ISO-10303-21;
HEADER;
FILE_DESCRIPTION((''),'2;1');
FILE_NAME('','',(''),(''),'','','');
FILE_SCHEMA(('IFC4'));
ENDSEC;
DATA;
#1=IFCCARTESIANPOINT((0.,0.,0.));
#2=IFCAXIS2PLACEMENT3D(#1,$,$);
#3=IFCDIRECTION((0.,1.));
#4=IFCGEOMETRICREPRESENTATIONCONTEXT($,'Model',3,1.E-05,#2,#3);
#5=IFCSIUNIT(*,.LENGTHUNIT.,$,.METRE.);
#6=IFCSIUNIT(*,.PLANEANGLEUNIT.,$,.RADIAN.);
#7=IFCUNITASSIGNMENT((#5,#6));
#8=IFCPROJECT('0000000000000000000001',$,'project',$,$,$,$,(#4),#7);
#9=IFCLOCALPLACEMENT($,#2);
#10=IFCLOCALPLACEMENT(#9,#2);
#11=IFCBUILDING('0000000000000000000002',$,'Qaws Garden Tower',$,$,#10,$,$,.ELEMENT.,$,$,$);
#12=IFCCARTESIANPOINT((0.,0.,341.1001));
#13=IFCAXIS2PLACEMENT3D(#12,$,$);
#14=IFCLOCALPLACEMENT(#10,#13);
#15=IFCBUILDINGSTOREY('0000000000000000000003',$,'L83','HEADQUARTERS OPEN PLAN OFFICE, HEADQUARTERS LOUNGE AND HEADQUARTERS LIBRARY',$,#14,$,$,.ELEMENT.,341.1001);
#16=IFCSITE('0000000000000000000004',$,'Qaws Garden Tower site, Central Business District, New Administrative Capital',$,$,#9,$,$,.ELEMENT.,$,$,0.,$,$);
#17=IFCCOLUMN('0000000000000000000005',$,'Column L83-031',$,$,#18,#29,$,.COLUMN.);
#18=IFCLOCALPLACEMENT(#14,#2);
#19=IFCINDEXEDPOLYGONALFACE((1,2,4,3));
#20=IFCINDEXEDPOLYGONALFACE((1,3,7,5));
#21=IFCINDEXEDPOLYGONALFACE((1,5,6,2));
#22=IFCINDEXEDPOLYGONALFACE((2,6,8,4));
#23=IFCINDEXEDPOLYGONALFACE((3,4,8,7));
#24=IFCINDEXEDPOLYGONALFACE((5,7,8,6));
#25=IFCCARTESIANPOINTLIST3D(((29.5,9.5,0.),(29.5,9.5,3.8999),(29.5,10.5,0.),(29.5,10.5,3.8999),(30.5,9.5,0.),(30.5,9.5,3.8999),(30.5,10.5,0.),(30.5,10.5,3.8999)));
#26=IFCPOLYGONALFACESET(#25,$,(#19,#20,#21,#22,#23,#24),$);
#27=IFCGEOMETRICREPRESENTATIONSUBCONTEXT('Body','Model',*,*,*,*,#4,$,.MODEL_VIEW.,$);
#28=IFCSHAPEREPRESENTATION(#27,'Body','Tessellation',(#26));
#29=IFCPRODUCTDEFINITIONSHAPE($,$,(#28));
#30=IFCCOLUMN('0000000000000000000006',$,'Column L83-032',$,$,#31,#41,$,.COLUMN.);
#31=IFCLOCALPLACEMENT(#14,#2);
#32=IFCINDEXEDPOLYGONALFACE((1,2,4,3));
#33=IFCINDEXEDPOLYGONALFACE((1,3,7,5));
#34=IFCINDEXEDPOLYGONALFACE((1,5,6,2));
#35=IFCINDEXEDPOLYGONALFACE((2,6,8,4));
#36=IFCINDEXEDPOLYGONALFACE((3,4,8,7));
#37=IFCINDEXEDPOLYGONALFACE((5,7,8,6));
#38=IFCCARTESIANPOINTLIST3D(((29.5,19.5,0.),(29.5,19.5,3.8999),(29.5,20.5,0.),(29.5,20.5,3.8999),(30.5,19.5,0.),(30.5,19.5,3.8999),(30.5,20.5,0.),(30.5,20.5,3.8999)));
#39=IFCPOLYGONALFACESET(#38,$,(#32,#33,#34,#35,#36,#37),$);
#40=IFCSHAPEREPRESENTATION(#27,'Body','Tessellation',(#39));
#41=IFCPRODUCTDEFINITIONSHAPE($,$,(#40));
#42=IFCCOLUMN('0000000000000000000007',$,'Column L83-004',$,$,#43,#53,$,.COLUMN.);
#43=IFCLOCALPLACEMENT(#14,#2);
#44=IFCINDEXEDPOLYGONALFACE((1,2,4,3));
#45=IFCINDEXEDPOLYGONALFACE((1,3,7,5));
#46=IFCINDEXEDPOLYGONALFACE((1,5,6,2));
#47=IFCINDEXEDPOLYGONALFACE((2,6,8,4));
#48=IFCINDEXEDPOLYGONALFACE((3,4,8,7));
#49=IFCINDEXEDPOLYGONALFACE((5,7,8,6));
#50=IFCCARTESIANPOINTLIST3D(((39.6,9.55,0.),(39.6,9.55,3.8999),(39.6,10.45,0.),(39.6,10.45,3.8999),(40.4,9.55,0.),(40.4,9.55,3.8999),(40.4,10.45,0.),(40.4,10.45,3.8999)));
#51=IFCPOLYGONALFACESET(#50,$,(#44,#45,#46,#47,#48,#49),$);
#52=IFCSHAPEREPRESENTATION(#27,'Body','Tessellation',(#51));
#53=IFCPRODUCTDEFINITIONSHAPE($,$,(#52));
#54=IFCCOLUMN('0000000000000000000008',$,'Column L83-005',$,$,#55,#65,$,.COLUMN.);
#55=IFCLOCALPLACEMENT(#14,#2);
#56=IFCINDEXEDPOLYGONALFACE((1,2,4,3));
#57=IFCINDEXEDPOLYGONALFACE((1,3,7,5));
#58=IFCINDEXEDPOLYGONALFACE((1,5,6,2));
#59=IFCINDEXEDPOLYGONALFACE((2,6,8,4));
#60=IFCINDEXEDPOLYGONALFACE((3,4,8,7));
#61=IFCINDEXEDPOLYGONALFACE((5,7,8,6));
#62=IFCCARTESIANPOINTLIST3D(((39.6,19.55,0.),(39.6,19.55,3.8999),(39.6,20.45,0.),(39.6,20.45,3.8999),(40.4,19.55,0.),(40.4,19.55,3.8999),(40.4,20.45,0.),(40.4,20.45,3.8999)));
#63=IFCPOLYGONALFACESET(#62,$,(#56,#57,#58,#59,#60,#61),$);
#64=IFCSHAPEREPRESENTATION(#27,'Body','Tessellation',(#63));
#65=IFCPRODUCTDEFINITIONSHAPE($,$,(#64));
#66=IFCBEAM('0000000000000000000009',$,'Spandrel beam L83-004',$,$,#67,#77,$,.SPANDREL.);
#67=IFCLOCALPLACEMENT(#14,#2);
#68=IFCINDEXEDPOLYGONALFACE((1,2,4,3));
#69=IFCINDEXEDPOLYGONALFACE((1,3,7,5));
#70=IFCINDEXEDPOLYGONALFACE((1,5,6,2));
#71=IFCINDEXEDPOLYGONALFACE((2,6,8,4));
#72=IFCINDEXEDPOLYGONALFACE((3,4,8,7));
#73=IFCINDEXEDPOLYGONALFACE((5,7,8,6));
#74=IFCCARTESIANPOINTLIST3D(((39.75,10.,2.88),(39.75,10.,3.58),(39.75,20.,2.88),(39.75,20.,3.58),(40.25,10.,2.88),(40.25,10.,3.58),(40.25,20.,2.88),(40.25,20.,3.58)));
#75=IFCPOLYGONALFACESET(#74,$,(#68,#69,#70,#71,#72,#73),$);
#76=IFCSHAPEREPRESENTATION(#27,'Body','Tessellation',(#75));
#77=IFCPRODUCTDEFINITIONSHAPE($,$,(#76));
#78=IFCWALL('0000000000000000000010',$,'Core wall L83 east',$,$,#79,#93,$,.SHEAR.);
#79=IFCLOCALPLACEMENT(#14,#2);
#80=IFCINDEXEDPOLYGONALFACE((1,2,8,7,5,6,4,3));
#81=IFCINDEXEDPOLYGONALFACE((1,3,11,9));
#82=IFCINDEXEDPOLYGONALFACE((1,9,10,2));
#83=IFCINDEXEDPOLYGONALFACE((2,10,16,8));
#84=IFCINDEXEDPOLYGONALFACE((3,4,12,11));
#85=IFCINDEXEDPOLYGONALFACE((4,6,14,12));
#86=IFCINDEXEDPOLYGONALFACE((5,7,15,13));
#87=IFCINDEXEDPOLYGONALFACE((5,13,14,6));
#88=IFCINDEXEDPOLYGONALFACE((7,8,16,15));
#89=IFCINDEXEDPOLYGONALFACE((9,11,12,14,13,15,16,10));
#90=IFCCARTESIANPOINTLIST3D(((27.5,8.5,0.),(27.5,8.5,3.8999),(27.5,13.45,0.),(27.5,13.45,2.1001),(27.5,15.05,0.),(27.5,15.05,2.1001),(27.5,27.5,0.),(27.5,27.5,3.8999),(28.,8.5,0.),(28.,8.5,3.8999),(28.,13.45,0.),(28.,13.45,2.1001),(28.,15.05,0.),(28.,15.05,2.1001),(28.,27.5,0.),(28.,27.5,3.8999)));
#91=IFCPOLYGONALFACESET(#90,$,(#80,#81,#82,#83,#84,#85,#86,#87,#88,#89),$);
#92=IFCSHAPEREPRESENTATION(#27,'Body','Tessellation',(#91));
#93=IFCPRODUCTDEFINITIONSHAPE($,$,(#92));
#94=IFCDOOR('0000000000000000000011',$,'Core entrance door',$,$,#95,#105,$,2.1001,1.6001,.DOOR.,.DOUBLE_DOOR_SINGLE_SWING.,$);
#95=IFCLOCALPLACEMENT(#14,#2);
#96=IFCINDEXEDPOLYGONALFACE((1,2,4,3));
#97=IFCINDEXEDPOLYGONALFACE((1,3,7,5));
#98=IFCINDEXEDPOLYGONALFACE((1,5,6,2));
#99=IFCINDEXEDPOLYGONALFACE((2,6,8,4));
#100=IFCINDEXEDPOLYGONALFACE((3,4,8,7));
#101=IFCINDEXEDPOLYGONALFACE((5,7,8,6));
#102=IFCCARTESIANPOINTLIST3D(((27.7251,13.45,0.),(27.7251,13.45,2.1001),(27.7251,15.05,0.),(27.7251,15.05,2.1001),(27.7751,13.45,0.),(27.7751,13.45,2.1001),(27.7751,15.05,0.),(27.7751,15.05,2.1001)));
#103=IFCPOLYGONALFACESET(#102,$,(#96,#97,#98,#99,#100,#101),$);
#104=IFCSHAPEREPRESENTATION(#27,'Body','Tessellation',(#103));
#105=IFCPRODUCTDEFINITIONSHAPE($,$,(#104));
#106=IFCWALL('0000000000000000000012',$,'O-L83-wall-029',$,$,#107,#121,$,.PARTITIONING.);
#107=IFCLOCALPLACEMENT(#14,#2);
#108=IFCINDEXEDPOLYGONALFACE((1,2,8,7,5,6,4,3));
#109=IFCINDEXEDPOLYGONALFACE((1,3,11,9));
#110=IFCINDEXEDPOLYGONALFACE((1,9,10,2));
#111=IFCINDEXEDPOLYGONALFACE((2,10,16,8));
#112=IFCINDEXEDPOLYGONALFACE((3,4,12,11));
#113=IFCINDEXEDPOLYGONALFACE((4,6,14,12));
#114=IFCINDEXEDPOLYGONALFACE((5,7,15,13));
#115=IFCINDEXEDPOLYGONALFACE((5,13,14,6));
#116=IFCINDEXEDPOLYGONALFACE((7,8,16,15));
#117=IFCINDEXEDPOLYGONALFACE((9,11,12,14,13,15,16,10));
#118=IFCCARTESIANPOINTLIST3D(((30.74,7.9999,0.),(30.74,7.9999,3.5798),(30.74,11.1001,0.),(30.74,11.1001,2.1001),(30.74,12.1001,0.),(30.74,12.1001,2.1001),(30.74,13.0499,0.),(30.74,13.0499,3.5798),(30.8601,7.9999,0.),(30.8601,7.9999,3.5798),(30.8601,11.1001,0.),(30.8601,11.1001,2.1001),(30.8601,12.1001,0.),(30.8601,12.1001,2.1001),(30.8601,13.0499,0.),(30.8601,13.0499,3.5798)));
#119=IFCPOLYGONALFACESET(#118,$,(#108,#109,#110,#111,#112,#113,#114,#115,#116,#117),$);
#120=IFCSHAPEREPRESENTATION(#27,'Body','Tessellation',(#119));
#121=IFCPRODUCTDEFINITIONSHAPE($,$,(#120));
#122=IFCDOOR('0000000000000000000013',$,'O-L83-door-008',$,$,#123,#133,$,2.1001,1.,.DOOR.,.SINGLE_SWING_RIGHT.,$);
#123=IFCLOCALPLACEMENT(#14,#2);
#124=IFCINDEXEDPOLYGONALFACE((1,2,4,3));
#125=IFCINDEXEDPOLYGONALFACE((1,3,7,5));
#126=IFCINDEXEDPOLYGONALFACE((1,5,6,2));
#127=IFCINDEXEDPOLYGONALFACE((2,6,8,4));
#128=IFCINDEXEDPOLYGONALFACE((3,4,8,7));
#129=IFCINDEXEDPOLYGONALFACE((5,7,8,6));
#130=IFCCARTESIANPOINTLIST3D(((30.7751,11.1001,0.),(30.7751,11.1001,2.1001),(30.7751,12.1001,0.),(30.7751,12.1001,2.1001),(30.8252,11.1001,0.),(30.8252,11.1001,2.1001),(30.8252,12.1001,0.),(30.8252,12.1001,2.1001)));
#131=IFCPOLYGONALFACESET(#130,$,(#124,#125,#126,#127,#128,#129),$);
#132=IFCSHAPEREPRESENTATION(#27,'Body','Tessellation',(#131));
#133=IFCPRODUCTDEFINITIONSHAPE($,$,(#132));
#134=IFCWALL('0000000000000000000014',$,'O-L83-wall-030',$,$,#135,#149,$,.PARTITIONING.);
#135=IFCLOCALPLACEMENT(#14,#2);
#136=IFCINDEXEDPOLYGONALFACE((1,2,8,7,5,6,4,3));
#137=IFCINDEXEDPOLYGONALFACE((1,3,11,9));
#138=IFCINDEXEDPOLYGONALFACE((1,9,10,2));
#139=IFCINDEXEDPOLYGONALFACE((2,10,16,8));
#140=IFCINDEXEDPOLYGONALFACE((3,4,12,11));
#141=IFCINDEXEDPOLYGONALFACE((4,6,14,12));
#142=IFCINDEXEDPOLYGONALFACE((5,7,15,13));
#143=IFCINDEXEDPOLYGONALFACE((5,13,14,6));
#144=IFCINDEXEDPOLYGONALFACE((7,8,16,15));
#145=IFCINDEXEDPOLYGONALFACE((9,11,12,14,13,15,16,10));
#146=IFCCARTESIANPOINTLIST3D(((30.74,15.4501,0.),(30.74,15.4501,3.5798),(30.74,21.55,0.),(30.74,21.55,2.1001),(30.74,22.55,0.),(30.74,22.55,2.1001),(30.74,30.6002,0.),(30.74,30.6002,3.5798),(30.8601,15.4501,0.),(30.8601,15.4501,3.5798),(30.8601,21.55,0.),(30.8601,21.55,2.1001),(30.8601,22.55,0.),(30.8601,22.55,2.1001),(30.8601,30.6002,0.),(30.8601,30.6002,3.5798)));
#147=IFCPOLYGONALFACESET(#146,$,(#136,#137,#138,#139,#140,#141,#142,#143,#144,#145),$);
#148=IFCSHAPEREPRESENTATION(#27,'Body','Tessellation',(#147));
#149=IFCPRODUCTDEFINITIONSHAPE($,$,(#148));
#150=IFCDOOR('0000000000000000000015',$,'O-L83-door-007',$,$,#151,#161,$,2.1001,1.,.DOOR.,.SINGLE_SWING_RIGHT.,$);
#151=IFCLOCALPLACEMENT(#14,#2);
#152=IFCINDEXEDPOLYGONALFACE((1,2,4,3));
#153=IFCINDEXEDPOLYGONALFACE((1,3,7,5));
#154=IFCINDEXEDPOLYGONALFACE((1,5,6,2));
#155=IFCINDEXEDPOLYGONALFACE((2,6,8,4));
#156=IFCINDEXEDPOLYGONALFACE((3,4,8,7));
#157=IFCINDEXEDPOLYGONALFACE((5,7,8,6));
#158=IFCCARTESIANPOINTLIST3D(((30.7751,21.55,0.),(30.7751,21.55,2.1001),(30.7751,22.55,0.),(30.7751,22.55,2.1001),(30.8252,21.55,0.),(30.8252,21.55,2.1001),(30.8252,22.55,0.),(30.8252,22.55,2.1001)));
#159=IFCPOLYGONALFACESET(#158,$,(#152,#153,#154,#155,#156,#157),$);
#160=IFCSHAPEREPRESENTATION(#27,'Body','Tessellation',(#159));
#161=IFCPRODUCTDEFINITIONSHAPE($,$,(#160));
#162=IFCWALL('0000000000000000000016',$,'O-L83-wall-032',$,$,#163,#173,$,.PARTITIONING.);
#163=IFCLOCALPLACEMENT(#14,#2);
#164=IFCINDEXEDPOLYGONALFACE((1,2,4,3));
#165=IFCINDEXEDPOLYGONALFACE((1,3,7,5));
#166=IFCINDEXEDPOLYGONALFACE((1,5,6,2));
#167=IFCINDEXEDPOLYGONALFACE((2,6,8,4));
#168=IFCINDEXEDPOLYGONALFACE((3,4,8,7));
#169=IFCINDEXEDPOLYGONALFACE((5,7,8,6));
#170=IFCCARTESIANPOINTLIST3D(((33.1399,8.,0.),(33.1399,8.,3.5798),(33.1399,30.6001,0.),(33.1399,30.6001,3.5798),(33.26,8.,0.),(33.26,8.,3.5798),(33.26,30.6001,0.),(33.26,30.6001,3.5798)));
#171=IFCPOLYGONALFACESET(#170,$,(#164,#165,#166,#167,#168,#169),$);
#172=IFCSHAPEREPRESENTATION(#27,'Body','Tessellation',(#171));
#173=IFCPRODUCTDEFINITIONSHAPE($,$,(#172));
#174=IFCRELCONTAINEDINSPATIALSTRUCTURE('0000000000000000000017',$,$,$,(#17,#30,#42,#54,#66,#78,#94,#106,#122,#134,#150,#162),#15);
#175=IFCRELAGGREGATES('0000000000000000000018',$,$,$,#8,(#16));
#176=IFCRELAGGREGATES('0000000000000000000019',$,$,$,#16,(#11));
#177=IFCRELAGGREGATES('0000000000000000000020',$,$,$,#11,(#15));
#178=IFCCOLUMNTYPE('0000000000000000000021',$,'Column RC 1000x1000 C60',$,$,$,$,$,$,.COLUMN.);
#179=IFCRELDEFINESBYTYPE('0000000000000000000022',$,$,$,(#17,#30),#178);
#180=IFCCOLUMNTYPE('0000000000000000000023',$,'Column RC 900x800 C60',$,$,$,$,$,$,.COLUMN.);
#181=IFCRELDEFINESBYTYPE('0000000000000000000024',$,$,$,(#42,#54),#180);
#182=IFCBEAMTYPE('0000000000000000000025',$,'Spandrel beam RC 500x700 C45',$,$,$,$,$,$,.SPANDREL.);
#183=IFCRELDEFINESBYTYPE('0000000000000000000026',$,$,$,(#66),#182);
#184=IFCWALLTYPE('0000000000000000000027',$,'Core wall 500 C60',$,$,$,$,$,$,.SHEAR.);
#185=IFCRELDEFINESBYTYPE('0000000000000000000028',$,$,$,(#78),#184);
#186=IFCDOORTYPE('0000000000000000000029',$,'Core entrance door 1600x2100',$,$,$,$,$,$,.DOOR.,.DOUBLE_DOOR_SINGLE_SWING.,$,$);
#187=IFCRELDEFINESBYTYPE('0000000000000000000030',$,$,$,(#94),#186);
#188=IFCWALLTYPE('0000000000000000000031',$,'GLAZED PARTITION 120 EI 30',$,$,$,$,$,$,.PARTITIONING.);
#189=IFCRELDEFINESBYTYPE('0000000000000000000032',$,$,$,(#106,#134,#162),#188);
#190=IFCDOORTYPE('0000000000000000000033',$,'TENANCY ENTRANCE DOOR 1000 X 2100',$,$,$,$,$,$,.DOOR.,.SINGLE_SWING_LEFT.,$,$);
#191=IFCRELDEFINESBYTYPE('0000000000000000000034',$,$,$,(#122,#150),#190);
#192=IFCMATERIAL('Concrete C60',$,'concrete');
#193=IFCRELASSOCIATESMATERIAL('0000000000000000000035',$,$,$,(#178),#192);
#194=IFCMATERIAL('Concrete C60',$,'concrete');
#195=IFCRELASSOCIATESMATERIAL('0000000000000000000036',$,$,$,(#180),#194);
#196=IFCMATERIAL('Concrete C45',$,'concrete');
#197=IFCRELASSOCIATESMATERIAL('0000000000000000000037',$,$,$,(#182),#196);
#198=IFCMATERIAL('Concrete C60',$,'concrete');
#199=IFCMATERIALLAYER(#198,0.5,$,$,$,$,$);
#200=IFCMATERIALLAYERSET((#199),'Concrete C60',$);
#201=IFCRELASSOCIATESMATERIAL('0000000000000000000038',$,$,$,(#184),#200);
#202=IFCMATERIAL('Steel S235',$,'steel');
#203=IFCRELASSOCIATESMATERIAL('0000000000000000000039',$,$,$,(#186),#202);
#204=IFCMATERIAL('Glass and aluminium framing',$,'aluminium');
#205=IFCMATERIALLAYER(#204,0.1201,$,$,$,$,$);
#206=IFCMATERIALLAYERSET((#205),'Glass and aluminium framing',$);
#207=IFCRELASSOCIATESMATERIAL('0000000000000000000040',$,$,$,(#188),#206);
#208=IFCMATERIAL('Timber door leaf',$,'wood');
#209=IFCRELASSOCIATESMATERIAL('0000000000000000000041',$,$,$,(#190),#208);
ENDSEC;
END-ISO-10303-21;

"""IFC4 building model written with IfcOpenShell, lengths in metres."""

from ifc_helpers import new_model, si_unit, direction, frame, frame_2d, origin, origin_2d, place, context, subcontext, project, spatial, rectangle, extrude, material, layer, layer_set, material_profile, profile_set, type_object, element, fill, save


model = new_model("IFC4")

# Units and contexts
model_context = context("Model", 3, precision=1e-05, world=origin(), true_north=direction((0.0, 1.0)))
body_context = subcontext(model_context, "Body", "Model", "MODEL_VIEW")
ifc_project = project(units=[si_unit("LENGTHUNIT", "METRE"), si_unit("PLANEANGLEUNIT", "RADIAN")], contexts=[model_context])

# Site, building, storey
site_placement = place(None, origin())
site = spatial("IfcSite", under=ifc_project, at=site_placement, Name="Qaws Garden Tower site, Central Business District, New Administrative Capital", CompositionType="ELEMENT", RefElevation=0.0)
building_placement = place(site_placement, origin())
building = spatial("IfcBuilding", under=site, at=building_placement, Name="Qaws Garden Tower", CompositionType="ELEMENT")
storey_placement = place(building_placement, frame((0.0, 0.0, 341.1001)))
storey = spatial("IfcBuildingStorey", under=building, at=storey_placement, Name="L83", Description="HEADQUARTERS OPEN PLAN OFFICE, HEADQUARTERS LOUNGE AND HEADQUARTERS LIBRARY", CompositionType="ELEMENT", Elevation=341.1001)

# Columns
ifc_material_1 = material(Name="Concrete C60", Category="concrete")
ifc_material_profile_1 = material_profile(ifc_material_1, rectangle(XDim=1.0, YDim=1.0, at=origin_2d()), Name="RC 1000x1000")
ifc_profile_set_1 = profile_set([ifc_material_profile_1], Name="Concrete C60")
column_type_1 = type_object("IfcColumnType", Name="Column RC 1000x1000 C60", PredefinedType="COLUMN", material=ifc_profile_set_1)
for number, where, z_axis, x_axis, name in (
    (1, (30.0, 10.0, 0.0), (0.0, 0.0, 1.0), (1.0, 0.0, 0.0), "Column L83-031"),
    (2, (30.0, 20.0, 0.0), (0.0, 0.0, 1.0), (1.0, 0.0, 0.0), "Column L83-032"),
):
    element("IfcColumn", number, at=place(storey_placement, frame(where, z_axis=z_axis, x_axis=x_axis)), inside=storey, type_object=column_type_1, Name=name, PredefinedType="COLUMN", context=body_context, shape_type="SweptSolid", body=[
        extrude(rectangle(XDim=1.0, YDim=1.0, at=origin_2d()), origin(), (0.0, 0.0, 1.0), 3.8999),
    ])
ifc_material_2 = material(Name="Concrete C60", Category="concrete")
ifc_material_profile_2 = material_profile(ifc_material_2, rectangle(XDim=0.8999, YDim=0.8, at=origin_2d()), Name="RC 900x800")
ifc_profile_set_2 = profile_set([ifc_material_profile_2], Name="Concrete C60")
column_type_2 = type_object("IfcColumnType", Name="Column RC 900x800 C60", PredefinedType="COLUMN", material=ifc_profile_set_2)
for number, where, z_axis, x_axis, name in (
    (3, (40.0, 10.0, 0.0), (0.0, 0.0, 1.0), (0.0, 1.0, 0.0), "Column L83-004"),
    (4, (40.0, 20.0, 0.0), (0.0, 0.0, 1.0), (0.0, 1.0, 0.0), "Column L83-005"),
):
    element("IfcColumn", number, at=place(storey_placement, frame(where, z_axis=z_axis, x_axis=x_axis)), inside=storey, type_object=column_type_2, Name=name, PredefinedType="COLUMN", context=body_context, shape_type="SweptSolid", body=[
        extrude(rectangle(XDim=0.8999, YDim=0.8, at=origin_2d()), origin(), (0.0, 0.0, 1.0), 3.8999),
    ])

# Beam
ifc_material_3 = material(Name="Concrete C45", Category="concrete")
ifc_material_profile_3 = material_profile(ifc_material_3, rectangle(XDim=0.5, YDim=0.7, at=origin_2d()), Name="RC 500x700")
ifc_profile_set_3 = profile_set([ifc_material_profile_3], Name="Concrete C45")
beam_type = type_object("IfcBeamType", Name="Spandrel beam RC 500x700 C45", PredefinedType="SPANDREL", material=ifc_profile_set_3)
beam_placement = place(storey_placement, frame((40.0, 10.0, 3.23), z_axis=(0.0, 1.0, 0.0), x_axis=(-1.0, 0.0, 0.0)))
element("IfcBeam", 5, at=beam_placement, inside=storey, type_object=beam_type, Name="Spandrel beam L83-004", PredefinedType="SPANDREL", context=body_context, shape_type="SweptSolid", body=[
    extrude(rectangle(XDim=0.5, YDim=0.7, at=origin_2d()), origin(), (0.0, 0.0, 1.0), 10.0),
])

# Walls, openings, doors
ifc_material_4 = material(Name="Concrete C60", Category="concrete")
ifc_layer_1 = layer(ifc_material_4, 0.5)
ifc_layer_set_1 = layer_set([ifc_layer_1], Name="Concrete C60")
wall_type_1 = type_object("IfcWallType", Name="Core wall 500 C60", PredefinedType="SHEAR", material=ifc_layer_set_1)
wall_1_placement = place(storey_placement, frame((27.75, 8.5, 0.0), z_axis=(0.0, 0.0, 1.0), x_axis=(0.0, 1.0, 0.0)))
wall_1 = element("IfcWall", 6, at=wall_1_placement, inside=storey, type_object=wall_type_1, Name="Core wall L83 east", PredefinedType="SHEAR", context=body_context, shape_type="SweptSolid", body=[
    extrude(rectangle(XDim=19.0, YDim=0.5, at=frame_2d((9.5, 0.0))), origin(), (0.0, 0.0, 1.0), 3.8999),
])
opening_1_placement = place(wall_1_placement, frame((4.95, 0.0, 0.0)))
opening_1 = element("IfcOpeningElement", 7, at=opening_1_placement, cuts=wall_1, PredefinedType="OPENING", context=body_context, shape_type="SweptSolid", body=[
    extrude(rectangle(XDim=1.6001, YDim=2.1001, at=frame_2d((0.8, 1.05))), frame((0.0, 0.26, 0.0), z_axis=(0.0, -1.0, 0.0), x_axis=(1.0, 0.0, 0.0)), (0.0, 0.0, 1.0), 0.52),
])
ifc_material_5 = material(Name="Steel S235", Category="steel")
door_type_1 = type_object("IfcDoorType", Name="Core entrance door 1600x2100", OperationType="DOUBLE_DOOR_SINGLE_SWING", PredefinedType="DOOR", material=ifc_material_5)
door_1_placement = place(opening_1_placement, origin())
door_1 = element("IfcDoor", 8, at=door_1_placement, inside=storey, type_object=door_type_1, Name="Core entrance door", OperationType="DOUBLE_DOOR_SINGLE_SWING", OverallHeight=2.1001, OverallWidth=1.6001, PredefinedType="DOOR", context=body_context, shape_type="SweptSolid", body=[
    extrude(rectangle(XDim=1.6001, YDim=2.1001, at=frame_2d((0.8, 1.05))), frame((0.0, 0.0249, 0.0), z_axis=(0.0, -1.0, 0.0), x_axis=(1.0, 0.0, 0.0)), (0.0, 0.0, 1.0), 0.05),
])
fill(opening_1, door_1)
ifc_material_6 = material(Name="Glass and aluminium framing", Category="aluminium")
ifc_layer_2 = layer(ifc_material_6, 0.1201)
ifc_layer_set_2 = layer_set([ifc_layer_2], Name="Glass and aluminium framing")
wall_type_2 = type_object("IfcWallType", Name="GLAZED PARTITION 120 EI 30", PredefinedType="PARTITIONING", material=ifc_layer_set_2)
wall_2_placement = place(storey_placement, frame((30.8, 8.0, 0.0), z_axis=(0.0, 0.0, 1.0), x_axis=(0.0, 1.0, 0.0)))
wall_2 = element("IfcWall", 9, at=wall_2_placement, inside=storey, type_object=wall_type_2, Name="O-L83-wall-029", PredefinedType="PARTITIONING", context=body_context, shape_type="SweptSolid", body=[
    extrude(rectangle(XDim=5.05, YDim=0.1201, at=frame_2d((2.5249, 0.0))), origin(), (0.0, 0.0, 1.0), 3.5798),
])
opening_2_placement = place(wall_2_placement, frame((3.1001, 0.0, 0.0)))
opening_2 = element("IfcOpeningElement", 10, at=opening_2_placement, cuts=wall_2, PredefinedType="OPENING", context=body_context, shape_type="SweptSolid", body=[
    extrude(rectangle(XDim=1.0, YDim=2.1001, at=frame_2d((0.5, 1.05))), frame((0.0, 0.0701, 0.0), z_axis=(0.0, -1.0, 0.0), x_axis=(1.0, 0.0, 0.0)), (0.0, 0.0, 1.0), 0.1401),
])
ifc_material_7 = material(Name="Timber door leaf", Category="wood")
door_type_2 = type_object("IfcDoorType", Name="TENANCY ENTRANCE DOOR 1000 X 2100", OperationType="SINGLE_SWING_LEFT", PredefinedType="DOOR", material=ifc_material_7)
door_2_placement = place(opening_2_placement, origin())
door_2 = element("IfcDoor", 11, at=door_2_placement, inside=storey, type_object=door_type_2, Name="O-L83-door-008", OperationType="SINGLE_SWING_RIGHT", OverallHeight=2.1001, OverallWidth=1.0, PredefinedType="DOOR", context=body_context, shape_type="SweptSolid", body=[
    extrude(rectangle(XDim=1.0, YDim=2.1001, at=frame_2d((0.5, 1.05))), frame((0.0, 0.0249, 0.0), z_axis=(0.0, -1.0, 0.0), x_axis=(1.0, 0.0, 0.0)), (0.0, 0.0, 1.0), 0.05),
])
fill(opening_2, door_2)
wall_3_placement = place(storey_placement, frame((30.8, 15.45, 0.0), z_axis=(0.0, 0.0, 1.0), x_axis=(0.0, 1.0, 0.0)))
wall_3 = element("IfcWall", 12, at=wall_3_placement, inside=storey, type_object=wall_type_2, Name="O-L83-wall-030", PredefinedType="PARTITIONING", context=body_context, shape_type="SweptSolid", body=[
    extrude(rectangle(XDim=15.1501, YDim=0.1201, at=frame_2d((7.5752, 0.0))), origin(), (0.0, 0.0, 1.0), 3.5798),
])
opening_3_placement = place(wall_3_placement, frame((6.1001, 0.0, 0.0)))
opening_3 = element("IfcOpeningElement", 13, at=opening_3_placement, cuts=wall_3, PredefinedType="OPENING", context=body_context, shape_type="SweptSolid", body=[
    extrude(rectangle(XDim=1.0, YDim=2.1001, at=frame_2d((0.5, 1.05))), frame((0.0, 0.0701, 0.0), z_axis=(0.0, -1.0, 0.0), x_axis=(1.0, 0.0, 0.0)), (0.0, 0.0, 1.0), 0.1401),
])
door_3_placement = place(opening_3_placement, origin())
door_3 = element("IfcDoor", 14, at=door_3_placement, inside=storey, type_object=door_type_2, Name="O-L83-door-007", OperationType="SINGLE_SWING_RIGHT", OverallHeight=2.1001, OverallWidth=1.0, PredefinedType="DOOR", context=body_context, shape_type="SweptSolid", body=[
    extrude(rectangle(XDim=1.0, YDim=2.1001, at=frame_2d((0.5, 1.05))), frame((0.0, 0.0249, 0.0), z_axis=(0.0, -1.0, 0.0), x_axis=(1.0, 0.0, 0.0)), (0.0, 0.0, 1.0), 0.05),
])
fill(opening_3, door_3)

# Wall
wall_4_placement = place(storey_placement, frame((33.2, 8.0, 0.0), z_axis=(0.0, 0.0, 1.0), x_axis=(0.0, 1.0, 0.0)))
element("IfcWall", 15, at=wall_4_placement, inside=storey, type_object=wall_type_2, Name="O-L83-wall-032", PredefinedType="PARTITIONING", context=body_context, shape_type="SweptSolid", body=[
    extrude(rectangle(XDim=22.6001, YDim=0.1201, at=frame_2d((11.3, 0.0))), origin(), (0.0, 0.0, 1.0), 3.5798),
])

save(model, "model.ifc")
